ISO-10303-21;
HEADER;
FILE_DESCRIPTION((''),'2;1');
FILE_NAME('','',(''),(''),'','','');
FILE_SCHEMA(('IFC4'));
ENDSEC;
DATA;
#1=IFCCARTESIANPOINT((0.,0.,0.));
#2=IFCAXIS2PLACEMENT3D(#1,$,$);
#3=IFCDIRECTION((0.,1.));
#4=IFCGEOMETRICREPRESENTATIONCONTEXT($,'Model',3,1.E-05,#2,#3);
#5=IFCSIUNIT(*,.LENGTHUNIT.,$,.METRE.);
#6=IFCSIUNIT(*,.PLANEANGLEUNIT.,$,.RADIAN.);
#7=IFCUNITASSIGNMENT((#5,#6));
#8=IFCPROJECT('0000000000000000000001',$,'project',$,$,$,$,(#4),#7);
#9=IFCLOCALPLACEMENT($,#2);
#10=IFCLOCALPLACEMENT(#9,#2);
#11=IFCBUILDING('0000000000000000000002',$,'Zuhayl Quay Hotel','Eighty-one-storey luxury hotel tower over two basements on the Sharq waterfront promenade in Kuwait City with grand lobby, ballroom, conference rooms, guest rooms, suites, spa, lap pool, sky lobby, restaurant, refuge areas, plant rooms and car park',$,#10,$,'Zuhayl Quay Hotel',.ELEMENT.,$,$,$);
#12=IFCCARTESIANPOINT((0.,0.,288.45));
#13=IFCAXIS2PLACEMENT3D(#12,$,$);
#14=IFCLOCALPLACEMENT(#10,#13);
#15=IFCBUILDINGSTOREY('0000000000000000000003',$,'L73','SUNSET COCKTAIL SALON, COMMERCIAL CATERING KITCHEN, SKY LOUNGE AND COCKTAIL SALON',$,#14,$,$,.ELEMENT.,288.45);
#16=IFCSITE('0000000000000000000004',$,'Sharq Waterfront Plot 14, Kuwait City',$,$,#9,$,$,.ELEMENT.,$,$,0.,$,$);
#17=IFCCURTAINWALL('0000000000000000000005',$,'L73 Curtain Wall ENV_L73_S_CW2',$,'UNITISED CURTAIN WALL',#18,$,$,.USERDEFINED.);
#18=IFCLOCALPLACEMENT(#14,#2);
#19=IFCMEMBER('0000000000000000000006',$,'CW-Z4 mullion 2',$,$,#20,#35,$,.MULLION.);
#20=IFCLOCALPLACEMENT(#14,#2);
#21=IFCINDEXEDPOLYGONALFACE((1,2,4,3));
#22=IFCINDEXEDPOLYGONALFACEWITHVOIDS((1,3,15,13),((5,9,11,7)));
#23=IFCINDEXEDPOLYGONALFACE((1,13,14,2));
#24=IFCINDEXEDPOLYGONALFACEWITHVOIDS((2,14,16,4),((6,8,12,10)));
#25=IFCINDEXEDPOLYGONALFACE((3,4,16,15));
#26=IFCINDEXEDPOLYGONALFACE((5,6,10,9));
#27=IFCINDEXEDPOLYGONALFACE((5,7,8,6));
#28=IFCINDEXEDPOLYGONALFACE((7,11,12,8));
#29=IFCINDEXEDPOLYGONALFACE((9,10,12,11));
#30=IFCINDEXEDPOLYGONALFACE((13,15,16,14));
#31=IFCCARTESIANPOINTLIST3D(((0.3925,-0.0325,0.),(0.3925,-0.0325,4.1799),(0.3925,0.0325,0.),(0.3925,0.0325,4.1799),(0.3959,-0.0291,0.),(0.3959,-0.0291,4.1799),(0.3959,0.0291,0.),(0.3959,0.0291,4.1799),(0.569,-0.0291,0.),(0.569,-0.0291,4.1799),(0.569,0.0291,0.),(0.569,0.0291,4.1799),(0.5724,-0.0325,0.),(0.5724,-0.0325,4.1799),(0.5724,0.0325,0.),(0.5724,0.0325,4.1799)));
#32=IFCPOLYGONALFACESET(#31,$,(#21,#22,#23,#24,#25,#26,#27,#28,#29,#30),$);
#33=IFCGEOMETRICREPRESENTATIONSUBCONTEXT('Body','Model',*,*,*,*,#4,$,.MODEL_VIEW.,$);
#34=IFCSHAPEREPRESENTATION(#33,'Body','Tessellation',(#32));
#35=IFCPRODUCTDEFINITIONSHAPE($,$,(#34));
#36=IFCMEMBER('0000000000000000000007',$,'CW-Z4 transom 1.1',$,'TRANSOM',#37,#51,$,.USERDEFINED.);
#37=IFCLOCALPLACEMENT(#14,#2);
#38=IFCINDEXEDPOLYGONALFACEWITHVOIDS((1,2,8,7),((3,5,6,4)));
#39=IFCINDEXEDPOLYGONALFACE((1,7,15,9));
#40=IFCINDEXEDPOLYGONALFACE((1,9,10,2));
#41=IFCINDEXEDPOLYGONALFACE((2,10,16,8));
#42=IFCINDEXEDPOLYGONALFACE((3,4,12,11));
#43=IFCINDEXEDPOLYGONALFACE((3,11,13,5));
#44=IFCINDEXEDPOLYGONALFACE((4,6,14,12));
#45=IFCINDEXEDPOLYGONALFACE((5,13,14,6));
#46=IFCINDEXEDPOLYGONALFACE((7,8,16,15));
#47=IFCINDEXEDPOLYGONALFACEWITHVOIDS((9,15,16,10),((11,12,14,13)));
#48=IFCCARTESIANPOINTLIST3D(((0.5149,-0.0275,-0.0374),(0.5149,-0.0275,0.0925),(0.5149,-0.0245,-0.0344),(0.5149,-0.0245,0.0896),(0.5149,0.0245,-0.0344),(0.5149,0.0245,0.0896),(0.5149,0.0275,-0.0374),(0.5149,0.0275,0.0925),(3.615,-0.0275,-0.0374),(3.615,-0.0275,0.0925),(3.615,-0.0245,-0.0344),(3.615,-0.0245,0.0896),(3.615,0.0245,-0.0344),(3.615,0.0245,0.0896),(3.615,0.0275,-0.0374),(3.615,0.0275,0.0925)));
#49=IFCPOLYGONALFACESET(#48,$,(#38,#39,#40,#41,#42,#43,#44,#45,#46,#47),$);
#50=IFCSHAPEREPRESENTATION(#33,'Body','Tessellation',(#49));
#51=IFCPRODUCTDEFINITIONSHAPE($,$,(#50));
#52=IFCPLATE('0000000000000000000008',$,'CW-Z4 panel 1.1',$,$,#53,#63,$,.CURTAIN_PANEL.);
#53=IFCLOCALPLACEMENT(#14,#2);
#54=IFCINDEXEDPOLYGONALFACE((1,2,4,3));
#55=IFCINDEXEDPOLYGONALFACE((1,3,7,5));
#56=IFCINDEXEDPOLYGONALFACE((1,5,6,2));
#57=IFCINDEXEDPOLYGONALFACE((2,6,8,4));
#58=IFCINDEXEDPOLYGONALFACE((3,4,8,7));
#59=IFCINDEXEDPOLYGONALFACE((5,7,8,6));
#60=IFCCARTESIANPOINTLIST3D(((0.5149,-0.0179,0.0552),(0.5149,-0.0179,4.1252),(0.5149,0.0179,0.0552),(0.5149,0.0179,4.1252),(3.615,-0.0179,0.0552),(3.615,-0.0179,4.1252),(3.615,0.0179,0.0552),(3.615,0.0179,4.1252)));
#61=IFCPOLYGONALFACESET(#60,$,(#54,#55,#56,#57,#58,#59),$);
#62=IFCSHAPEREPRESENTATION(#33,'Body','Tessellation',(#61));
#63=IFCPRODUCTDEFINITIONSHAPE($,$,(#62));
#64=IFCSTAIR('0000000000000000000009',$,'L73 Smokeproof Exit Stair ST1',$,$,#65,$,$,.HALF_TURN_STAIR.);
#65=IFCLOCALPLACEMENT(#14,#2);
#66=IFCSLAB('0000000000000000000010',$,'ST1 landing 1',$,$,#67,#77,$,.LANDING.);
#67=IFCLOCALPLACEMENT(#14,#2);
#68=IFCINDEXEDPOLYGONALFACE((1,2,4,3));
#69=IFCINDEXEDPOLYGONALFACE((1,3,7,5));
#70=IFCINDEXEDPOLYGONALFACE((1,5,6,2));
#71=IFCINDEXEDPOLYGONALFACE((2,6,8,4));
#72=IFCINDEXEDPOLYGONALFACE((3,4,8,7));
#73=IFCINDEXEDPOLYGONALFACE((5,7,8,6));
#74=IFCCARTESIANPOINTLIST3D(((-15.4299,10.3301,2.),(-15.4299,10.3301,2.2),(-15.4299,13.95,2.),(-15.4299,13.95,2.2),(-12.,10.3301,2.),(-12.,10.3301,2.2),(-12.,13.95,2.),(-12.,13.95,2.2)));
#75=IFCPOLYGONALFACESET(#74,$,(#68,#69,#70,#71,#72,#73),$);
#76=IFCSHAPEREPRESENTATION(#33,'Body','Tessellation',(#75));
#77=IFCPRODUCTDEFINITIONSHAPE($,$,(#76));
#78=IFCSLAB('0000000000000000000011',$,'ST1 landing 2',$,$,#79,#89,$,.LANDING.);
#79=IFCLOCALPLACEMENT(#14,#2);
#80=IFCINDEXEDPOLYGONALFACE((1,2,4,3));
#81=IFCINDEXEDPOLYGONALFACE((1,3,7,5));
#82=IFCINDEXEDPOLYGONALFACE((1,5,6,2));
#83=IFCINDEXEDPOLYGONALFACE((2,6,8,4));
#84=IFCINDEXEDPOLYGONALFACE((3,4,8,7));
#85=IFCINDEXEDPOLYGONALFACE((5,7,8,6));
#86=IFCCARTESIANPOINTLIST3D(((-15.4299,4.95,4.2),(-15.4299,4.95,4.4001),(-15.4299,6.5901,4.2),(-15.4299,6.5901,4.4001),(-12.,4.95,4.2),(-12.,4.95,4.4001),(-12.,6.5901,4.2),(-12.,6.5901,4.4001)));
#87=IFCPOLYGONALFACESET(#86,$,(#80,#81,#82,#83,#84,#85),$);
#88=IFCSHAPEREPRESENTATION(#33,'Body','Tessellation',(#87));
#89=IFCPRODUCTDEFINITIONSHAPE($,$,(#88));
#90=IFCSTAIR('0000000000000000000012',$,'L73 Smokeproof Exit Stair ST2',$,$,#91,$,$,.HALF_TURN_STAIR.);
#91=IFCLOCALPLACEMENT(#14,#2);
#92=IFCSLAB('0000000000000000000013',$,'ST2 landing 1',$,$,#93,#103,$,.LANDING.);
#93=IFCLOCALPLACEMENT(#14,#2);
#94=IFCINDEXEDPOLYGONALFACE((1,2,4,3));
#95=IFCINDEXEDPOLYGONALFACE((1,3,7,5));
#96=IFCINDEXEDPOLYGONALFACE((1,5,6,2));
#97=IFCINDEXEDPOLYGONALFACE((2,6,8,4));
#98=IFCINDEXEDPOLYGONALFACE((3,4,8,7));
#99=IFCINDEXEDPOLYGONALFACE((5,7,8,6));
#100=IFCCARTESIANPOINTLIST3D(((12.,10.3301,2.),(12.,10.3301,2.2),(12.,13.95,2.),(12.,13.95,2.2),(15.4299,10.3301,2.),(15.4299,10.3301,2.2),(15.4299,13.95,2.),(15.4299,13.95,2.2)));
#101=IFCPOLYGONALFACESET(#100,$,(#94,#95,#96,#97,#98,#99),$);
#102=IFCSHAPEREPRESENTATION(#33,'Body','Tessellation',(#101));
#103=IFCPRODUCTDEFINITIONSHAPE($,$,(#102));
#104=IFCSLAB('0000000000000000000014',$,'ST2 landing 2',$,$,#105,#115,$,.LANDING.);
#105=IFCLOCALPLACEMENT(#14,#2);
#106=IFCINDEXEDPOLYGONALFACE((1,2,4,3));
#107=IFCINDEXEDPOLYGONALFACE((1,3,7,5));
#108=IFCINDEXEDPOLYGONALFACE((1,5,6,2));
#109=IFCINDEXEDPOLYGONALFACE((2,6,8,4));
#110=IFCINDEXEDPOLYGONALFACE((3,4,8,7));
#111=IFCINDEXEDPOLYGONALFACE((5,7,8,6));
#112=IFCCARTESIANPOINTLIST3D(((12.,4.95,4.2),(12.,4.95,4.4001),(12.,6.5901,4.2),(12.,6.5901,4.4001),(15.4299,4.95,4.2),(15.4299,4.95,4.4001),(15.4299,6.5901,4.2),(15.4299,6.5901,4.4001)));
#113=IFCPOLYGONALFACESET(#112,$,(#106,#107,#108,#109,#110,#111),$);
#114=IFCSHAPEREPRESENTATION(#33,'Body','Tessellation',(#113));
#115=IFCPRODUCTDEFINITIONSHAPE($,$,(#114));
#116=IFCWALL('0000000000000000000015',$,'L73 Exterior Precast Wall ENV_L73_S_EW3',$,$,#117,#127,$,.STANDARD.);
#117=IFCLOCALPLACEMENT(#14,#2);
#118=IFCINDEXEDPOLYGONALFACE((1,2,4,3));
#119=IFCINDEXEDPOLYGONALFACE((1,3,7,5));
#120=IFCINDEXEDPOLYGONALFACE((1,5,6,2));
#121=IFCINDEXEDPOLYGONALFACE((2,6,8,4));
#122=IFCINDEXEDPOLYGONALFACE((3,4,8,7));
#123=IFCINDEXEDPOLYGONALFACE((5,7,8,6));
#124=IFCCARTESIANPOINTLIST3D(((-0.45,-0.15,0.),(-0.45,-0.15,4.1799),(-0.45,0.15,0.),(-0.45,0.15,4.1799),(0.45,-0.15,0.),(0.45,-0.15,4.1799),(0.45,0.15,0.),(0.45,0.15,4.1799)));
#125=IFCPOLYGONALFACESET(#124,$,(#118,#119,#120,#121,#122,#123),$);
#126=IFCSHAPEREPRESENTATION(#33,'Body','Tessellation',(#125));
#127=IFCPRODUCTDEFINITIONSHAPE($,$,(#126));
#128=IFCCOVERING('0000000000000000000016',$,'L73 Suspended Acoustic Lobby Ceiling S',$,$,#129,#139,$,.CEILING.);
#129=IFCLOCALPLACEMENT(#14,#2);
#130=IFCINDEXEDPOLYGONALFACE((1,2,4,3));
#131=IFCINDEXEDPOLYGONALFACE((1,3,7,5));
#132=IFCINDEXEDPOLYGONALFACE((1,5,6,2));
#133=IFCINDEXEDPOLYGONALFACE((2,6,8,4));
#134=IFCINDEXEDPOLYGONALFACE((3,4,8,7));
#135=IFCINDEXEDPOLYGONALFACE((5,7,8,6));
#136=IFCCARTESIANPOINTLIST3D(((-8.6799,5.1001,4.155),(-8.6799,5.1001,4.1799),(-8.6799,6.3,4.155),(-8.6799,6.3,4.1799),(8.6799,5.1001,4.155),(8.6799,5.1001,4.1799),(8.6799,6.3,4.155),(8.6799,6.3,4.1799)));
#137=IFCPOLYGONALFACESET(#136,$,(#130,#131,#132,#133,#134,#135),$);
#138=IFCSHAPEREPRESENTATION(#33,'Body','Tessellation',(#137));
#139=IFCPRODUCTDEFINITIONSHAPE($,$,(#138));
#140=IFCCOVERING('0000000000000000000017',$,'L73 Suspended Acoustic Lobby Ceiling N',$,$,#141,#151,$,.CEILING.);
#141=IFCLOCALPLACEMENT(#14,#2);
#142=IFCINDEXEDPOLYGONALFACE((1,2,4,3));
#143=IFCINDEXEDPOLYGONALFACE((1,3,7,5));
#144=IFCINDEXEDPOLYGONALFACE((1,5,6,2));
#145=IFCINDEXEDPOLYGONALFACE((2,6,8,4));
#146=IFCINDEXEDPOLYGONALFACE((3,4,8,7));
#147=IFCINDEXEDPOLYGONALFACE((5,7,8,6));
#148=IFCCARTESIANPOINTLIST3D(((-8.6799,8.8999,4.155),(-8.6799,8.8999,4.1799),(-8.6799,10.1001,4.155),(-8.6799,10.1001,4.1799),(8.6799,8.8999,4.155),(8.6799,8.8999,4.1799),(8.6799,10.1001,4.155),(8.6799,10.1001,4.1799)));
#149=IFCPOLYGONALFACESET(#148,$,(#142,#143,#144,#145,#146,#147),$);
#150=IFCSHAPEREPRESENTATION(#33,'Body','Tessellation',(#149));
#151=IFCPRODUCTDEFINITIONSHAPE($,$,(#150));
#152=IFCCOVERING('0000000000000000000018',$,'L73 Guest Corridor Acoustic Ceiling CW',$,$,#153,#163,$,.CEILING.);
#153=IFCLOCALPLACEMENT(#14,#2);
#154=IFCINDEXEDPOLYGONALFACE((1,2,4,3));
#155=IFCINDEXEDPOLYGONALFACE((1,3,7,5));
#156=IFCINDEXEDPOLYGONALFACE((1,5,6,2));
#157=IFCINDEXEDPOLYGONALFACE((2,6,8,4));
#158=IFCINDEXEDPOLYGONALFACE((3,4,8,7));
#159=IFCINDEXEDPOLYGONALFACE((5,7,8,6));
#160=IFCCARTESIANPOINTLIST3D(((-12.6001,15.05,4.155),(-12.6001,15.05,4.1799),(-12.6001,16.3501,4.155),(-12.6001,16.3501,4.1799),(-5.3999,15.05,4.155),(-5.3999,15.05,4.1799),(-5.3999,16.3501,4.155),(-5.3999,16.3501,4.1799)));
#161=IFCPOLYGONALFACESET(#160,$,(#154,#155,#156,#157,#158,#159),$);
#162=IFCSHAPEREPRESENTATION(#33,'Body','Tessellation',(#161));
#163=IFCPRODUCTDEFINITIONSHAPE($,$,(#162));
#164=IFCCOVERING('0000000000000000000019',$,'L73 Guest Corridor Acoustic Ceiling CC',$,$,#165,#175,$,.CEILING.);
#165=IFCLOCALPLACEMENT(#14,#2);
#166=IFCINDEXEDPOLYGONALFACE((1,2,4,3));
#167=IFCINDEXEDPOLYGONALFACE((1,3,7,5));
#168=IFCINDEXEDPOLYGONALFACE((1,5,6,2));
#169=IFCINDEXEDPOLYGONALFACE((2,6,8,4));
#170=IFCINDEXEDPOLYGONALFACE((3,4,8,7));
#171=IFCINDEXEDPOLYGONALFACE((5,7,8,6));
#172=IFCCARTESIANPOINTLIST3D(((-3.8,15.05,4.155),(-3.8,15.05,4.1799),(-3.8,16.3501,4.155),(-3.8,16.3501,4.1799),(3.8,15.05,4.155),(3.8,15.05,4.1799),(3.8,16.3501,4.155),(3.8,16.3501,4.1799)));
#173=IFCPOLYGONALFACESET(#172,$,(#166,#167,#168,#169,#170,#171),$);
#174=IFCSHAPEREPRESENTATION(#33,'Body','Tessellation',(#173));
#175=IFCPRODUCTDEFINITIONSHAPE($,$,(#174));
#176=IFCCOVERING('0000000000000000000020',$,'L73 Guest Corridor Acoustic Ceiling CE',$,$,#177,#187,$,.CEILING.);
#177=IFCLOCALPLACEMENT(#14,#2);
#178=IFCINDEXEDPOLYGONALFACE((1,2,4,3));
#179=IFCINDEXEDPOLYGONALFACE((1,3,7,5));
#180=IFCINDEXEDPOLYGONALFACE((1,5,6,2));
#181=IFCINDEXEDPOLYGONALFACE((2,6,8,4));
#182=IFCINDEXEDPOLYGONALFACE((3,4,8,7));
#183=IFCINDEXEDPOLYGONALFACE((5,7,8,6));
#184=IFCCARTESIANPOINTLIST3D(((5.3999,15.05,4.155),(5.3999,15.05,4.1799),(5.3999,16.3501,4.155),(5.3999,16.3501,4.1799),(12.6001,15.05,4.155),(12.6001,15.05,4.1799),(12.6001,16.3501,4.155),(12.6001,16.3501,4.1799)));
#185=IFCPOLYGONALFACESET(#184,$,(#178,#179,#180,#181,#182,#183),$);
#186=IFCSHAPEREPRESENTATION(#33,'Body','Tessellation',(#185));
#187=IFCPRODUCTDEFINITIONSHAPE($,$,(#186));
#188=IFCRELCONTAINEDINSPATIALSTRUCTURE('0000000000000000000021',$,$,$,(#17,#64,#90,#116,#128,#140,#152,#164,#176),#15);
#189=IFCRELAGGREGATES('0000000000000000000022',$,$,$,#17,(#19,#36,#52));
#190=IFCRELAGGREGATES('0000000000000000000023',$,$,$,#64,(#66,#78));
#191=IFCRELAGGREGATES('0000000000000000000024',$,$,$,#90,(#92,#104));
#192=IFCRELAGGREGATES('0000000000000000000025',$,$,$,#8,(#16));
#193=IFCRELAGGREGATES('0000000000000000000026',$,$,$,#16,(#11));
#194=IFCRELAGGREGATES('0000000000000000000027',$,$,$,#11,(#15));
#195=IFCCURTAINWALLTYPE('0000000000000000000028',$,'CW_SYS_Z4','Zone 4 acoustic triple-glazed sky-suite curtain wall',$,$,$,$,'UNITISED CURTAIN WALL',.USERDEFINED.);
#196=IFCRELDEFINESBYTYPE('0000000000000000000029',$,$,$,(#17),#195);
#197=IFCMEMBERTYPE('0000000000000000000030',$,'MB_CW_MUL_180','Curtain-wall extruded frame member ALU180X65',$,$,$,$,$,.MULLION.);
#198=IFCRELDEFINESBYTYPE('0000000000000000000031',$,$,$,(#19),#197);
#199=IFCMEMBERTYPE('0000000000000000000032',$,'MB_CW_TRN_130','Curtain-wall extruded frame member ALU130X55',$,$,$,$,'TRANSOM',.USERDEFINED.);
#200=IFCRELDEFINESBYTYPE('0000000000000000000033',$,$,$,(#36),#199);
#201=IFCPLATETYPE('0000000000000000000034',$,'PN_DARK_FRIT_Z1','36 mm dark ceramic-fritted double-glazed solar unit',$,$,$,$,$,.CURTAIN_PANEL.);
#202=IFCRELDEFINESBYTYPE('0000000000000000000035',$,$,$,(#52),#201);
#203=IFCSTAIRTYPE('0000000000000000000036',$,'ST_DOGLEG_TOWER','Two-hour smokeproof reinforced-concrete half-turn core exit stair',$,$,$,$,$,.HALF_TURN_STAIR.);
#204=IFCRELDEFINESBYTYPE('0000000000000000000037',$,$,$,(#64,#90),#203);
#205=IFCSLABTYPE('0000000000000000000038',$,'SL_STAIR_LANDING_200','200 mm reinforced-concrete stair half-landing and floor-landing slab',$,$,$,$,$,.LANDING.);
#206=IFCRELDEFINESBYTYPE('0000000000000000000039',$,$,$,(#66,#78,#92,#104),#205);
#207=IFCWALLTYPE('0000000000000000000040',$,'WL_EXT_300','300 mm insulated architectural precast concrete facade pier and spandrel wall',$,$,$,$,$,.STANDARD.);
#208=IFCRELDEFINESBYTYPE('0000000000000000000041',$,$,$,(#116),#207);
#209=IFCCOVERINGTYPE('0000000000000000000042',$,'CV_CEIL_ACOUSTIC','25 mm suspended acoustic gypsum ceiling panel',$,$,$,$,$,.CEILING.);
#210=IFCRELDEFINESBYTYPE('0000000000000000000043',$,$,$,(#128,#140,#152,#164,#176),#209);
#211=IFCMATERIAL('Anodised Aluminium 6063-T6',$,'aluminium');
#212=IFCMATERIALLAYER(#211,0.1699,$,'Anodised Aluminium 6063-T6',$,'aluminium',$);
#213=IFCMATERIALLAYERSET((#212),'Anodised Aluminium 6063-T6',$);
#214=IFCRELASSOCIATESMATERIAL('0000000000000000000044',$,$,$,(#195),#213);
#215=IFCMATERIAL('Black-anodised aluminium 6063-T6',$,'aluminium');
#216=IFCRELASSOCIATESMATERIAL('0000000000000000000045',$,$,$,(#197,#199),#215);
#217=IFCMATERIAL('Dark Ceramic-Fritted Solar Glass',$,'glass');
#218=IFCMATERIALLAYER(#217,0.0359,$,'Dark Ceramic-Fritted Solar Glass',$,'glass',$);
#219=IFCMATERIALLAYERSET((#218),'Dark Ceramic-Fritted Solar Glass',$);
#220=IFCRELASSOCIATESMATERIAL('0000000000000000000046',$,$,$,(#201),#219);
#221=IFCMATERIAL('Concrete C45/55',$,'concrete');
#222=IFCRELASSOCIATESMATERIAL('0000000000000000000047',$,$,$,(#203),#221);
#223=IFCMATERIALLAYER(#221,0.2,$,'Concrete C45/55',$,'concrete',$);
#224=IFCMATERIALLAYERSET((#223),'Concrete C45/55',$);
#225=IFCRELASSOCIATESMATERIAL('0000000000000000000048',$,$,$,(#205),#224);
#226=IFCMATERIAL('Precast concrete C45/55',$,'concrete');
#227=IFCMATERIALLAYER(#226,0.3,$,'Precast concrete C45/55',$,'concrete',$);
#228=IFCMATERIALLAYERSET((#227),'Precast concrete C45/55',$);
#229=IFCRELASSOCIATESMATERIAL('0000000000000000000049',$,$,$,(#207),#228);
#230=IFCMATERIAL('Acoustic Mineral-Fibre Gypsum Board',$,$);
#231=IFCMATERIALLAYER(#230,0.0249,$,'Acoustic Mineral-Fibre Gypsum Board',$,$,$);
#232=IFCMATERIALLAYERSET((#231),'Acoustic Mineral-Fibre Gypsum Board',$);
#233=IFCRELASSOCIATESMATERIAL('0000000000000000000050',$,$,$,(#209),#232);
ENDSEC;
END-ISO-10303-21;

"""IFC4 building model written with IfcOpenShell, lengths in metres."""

from ifc_helpers import new_model, si_unit, direction, frame, frame_2d, origin, origin_2d, place, context, subcontext, project, spatial, polyline, rectangle, hollow_rectangle, outline, extrude, material, layer, layer_set, material_profile, profile_set, type_object, element, aggregate, save


model = new_model("IFC4")

# Units and contexts
model_context = context("Model", 3, precision=1e-05, world=origin(), true_north=direction((0.0, 1.0)))
body_context = subcontext(model_context, "Body", "Model", "MODEL_VIEW")
ifc_project = project(units=[si_unit("LENGTHUNIT", "METRE"), si_unit("PLANEANGLEUNIT", "RADIAN")], contexts=[model_context])

# Site, building, storey
site_placement = place(None, origin())
site = spatial("IfcSite", under=ifc_project, at=site_placement, Name="Sharq Waterfront Plot 14, Kuwait City", CompositionType="ELEMENT", RefElevation=0.0)
building_placement = place(site_placement, origin())
building = spatial("IfcBuilding", under=site, at=building_placement, Name="Zuhayl Quay Hotel", Description="Eighty-one-storey luxury hotel tower over two basements on the Sharq waterfront promenade in Kuwait City with grand lobby, ballroom, conference rooms, guest rooms, suites, spa, lap pool, sky lobby, restaurant, refuge areas, plant rooms and car park", LongName="Zuhayl Quay Hotel", CompositionType="ELEMENT")
storey_placement = place(building_placement, frame((0.0, 0.0, 288.45)))
storey = spatial("IfcBuildingStorey", under=building, at=storey_placement, Name="L73", Description="SUNSET COCKTAIL SALON, COMMERCIAL CATERING KITCHEN, SKY LOUNGE AND COCKTAIL SALON", CompositionType="ELEMENT", Elevation=288.45)

# Curtain wall, members, plate
ifc_material_1 = material(Name="Anodised Aluminium 6063-T6", Category="aluminium")
ifc_layer_1 = layer(ifc_material_1, 0.1699, Name="Anodised Aluminium 6063-T6", Category="aluminium")
ifc_layer_set_1 = layer_set([ifc_layer_1], Name="Anodised Aluminium 6063-T6")
curtain_wall_type = type_object("IfcCurtainWallType", Name="CW_SYS_Z4", Description="Zone 4 acoustic triple-glazed sky-suite curtain wall", ElementType="UNITISED CURTAIN WALL", PredefinedType="USERDEFINED", material=ifc_layer_set_1)
curtain_wall_placement = place(storey_placement, origin())
curtain_wall = element("IfcCurtainWall", 1, at=curtain_wall_placement, inside=storey, type_object=curtain_wall_type, Name="L73 Curtain Wall ENV_L73_S_CW2", ObjectType="UNITISED CURTAIN WALL", PredefinedType="USERDEFINED")
ifc_material_2 = material(Name="Black-anodised aluminium 6063-T6", Category="aluminium")
ifc_material_profile_1 = material_profile(ifc_material_2, hollow_rectangle(XDim=0.0649, YDim=0.1799, WallThickness=0.0034, at=origin_2d()), Name="ALU180X65")
ifc_profile_set_1 = profile_set([ifc_material_profile_1], Name="Black-anodised aluminium 6063-T6")
member_type_1 = type_object("IfcMemberType", Name="MB_CW_MUL_180", Description="Curtain-wall extruded frame member ALU180X65", PredefinedType="MULLION", material=ifc_profile_set_1)
member_1_placement = place(storey_placement, frame((0.4824, 0.0, 0.0), z_axis=(0.0, 0.0, 1.0), x_axis=(0.0, -1.0, 0.0)))
member_1 = element("IfcMember", 2, at=member_1_placement, type_object=member_type_1, Name="CW-Z4 mullion 2", PredefinedType="MULLION", context=body_context, shape_type="SweptSolid", body=[
    extrude(hollow_rectangle(XDim=0.0649, YDim=0.1799, WallThickness=0.0034, at=origin_2d()), origin(), (0.0, 0.0, 1.0), 4.1799),
])
ifc_material_profile_2 = material_profile(ifc_material_2, hollow_rectangle(XDim=0.0549, YDim=0.1299, WallThickness=0.0029, at=origin_2d()), Name="ALU130X55")
ifc_profile_set_2 = profile_set([ifc_material_profile_2], Name="Black-anodised aluminium 6063-T6")
member_type_2 = type_object("IfcMemberType", Name="MB_CW_TRN_130", Description="Curtain-wall extruded frame member ALU130X55", ElementType="TRANSOM", PredefinedType="USERDEFINED", material=ifc_profile_set_2)
member_2_placement = place(storey_placement, frame((3.615, 0.0, 0.0276), z_axis=(-1.0, 0.0, 0.0), x_axis=(0.0, -1.0, 0.0)))
member_2 = element("IfcMember", 3, at=member_2_placement, type_object=member_type_2, Name="CW-Z4 transom 1.1", ObjectType="TRANSOM", PredefinedType="USERDEFINED", context=body_context, shape_type="SweptSolid", body=[
    extrude(hollow_rectangle(XDim=0.0549, YDim=0.1299, WallThickness=0.0029, at=origin_2d()), origin(), (0.0, 0.0, 1.0), 3.1001),
])
ifc_material_3 = material(Name="Dark Ceramic-Fritted Solar Glass", Category="glass")
ifc_layer_2 = layer(ifc_material_3, 0.0359, Name="Dark Ceramic-Fritted Solar Glass", Category="glass")
ifc_layer_set_2 = layer_set([ifc_layer_2], Name="Dark Ceramic-Fritted Solar Glass")
plate_type = type_object("IfcPlateType", Name="PN_DARK_FRIT_Z1", Description="36 mm dark ceramic-fritted double-glazed solar unit", PredefinedType="CURTAIN_PANEL", material=ifc_layer_set_2)
plate_placement = place(storey_placement, frame((2.0649, 0.0, 0.0552), z_axis=(0.0, 0.0, 1.0), x_axis=(-1.0, 0.0, 0.0)))
plate = element("IfcPlate", 4, at=plate_placement, type_object=plate_type, Name="CW-Z4 panel 1.1", PredefinedType="CURTAIN_PANEL", context=body_context, shape_type="SweptSolid", body=[
    extrude(rectangle(XDim=3.1001, YDim=0.0359, at=origin_2d()), origin(), (0.0, 0.0, 1.0), 4.0701),
])
aggregate(curtain_wall, [member_1, member_2, plate])

# Stairs, slabs
ifc_material_4 = material(Name="Concrete C45/55", Category="concrete")
stair_type = type_object("IfcStairType", Name="ST_DOGLEG_TOWER", Description="Two-hour smokeproof reinforced-concrete half-turn core exit stair", PredefinedType="HALF_TURN_STAIR", material=ifc_material_4)
stair_1_placement = place(storey_placement, origin())
stair_1 = element("IfcStair", 5, at=stair_1_placement, inside=storey, type_object=stair_type, Name="L73 Smokeproof Exit Stair ST1", PredefinedType="HALF_TURN_STAIR")
ifc_layer_3 = layer(ifc_material_4, 0.2, Name="Concrete C45/55", Category="concrete")
ifc_layer_set_3 = layer_set([ifc_layer_3], Name="Concrete C45/55")
slab_type = type_object("IfcSlabType", Name="SL_STAIR_LANDING_200", Description="200 mm reinforced-concrete stair half-landing and floor-landing slab", PredefinedType="LANDING", material=ifc_layer_set_3)
slab_1_placement = place(storey_placement, frame((0.0, 0.0, 2.0)))
slab_1 = element("IfcSlab", 6, at=slab_1_placement, type_object=slab_type, Name="ST1 landing 1", PredefinedType="LANDING", context=body_context, shape_type="SweptSolid", body=[
    extrude(outline(polyline([(-12.0, 10.3301), (-12.0, 13.95), (-15.4299, 13.95), (-15.4299, 10.3301), (-12.0, 10.3301)])), origin(), (0.0, 0.0, 1.0), 0.2),
])
slab_2_placement = place(storey_placement, frame((0.0, 0.0, 4.2)))
slab_2 = element("IfcSlab", 7, at=slab_2_placement, type_object=slab_type, Name="ST1 landing 2", PredefinedType="LANDING", context=body_context, shape_type="SweptSolid", body=[
    extrude(outline(polyline([(-12.0, 4.95), (-12.0, 6.5901), (-15.4299, 6.5901), (-15.4299, 4.95), (-12.0, 4.95)])), origin(), (0.0, 0.0, 1.0), 0.2002),
])
aggregate(stair_1, [slab_1, slab_2])
stair_2_placement = place(storey_placement, origin())
stair_2 = element("IfcStair", 8, at=stair_2_placement, inside=storey, type_object=stair_type, Name="L73 Smokeproof Exit Stair ST2", PredefinedType="HALF_TURN_STAIR")
slab_3_placement = place(storey_placement, frame((0.0, 0.0, 2.0)))
slab_3 = element("IfcSlab", 9, at=slab_3_placement, type_object=slab_type, Name="ST2 landing 1", PredefinedType="LANDING", context=body_context, shape_type="SweptSolid", body=[
    extrude(outline(polyline([(15.4299, 10.3301), (15.4299, 13.95), (12.0, 13.95), (12.0, 10.3301), (15.4299, 10.3301)])), origin(), (0.0, 0.0, 1.0), 0.2),
])
slab_4_placement = place(storey_placement, frame((0.0, 0.0, 4.2)))
slab_4 = element("IfcSlab", 10, at=slab_4_placement, type_object=slab_type, Name="ST2 landing 2", PredefinedType="LANDING", context=body_context, shape_type="SweptSolid", body=[
    extrude(outline(polyline([(15.4299, 4.95), (15.4299, 6.5901), (12.0, 6.5901), (12.0, 4.95), (15.4299, 4.95)])), origin(), (0.0, 0.0, 1.0), 0.2002),
])
aggregate(stair_2, [slab_3, slab_4])

# Wall
ifc_material_5 = material(Name="Precast concrete C45/55", Category="concrete")
ifc_layer_4 = layer(ifc_material_5, 0.3, Name="Precast concrete C45/55", Category="concrete")
ifc_layer_set_4 = layer_set([ifc_layer_4], Name="Precast concrete C45/55")
wall_type = type_object("IfcWallType", Name="WL_EXT_300", Description="300 mm insulated architectural precast concrete facade pier and spandrel wall", PredefinedType="STANDARD", material=ifc_layer_set_4)
wall_placement = place(storey_placement, frame((0.45, 0.0, 0.0), z_axis=(0.0, 0.0, 1.0), x_axis=(-1.0, 0.0, 0.0)))
element("IfcWall", 11, at=wall_placement, inside=storey, type_object=wall_type, Name="L73 Exterior Precast Wall ENV_L73_S_EW3", PredefinedType="STANDARD", context=body_context, shape_type="SweptSolid", body=[
    extrude(rectangle(XDim=0.8999, YDim=0.3, at=frame_2d((0.45, 0.0))), origin(), (0.0, 0.0, 1.0), 4.1799),
])

# Coverings
ifc_material_6 = material(Name="Acoustic Mineral-Fibre Gypsum Board")
ifc_layer_5 = layer(ifc_material_6, 0.0249, Name="Acoustic Mineral-Fibre Gypsum Board")
ifc_layer_set_5 = layer_set([ifc_layer_5], Name="Acoustic Mineral-Fibre Gypsum Board")
covering_type_1 = type_object("IfcCoveringType", Name="CV_CEIL_ACOUSTIC", Description="25 mm suspended acoustic gypsum ceiling panel", PredefinedType="CEILING", material=ifc_layer_set_5)
covering_1_placement = place(storey_placement, frame((0.0, 0.0, 4.155)))
element("IfcCovering", 12, at=covering_1_placement, inside=storey, type_object=covering_type_1, Name="L73 Suspended Acoustic Lobby Ceiling S", PredefinedType="CEILING", context=body_context, shape_type="SweptSolid", body=[
    extrude(outline(polyline([(-8.6799, 5.1001), (8.6799, 5.1001), (8.6799, 6.3), (-8.6799, 6.3), (-8.6799, 5.1001)])), origin(), (0.0, 0.0, 1.0), 0.0249),
])
covering_2_placement = place(storey_placement, frame((0.0, 0.0, 4.155)))
element("IfcCovering", 13, at=covering_2_placement, inside=storey, type_object=covering_type_1, Name="L73 Suspended Acoustic Lobby Ceiling N", PredefinedType="CEILING", context=body_context, shape_type="SweptSolid", body=[
    extrude(outline(polyline([(-8.6799, 8.8999), (8.6799, 8.8999), (8.6799, 10.1001), (-8.6799, 10.1001), (-8.6799, 8.8999)])), origin(), (0.0, 0.0, 1.0), 0.0249),
])
covering_3_placement = place(storey_placement, frame((0.0, 0.0, 4.155)))
element("IfcCovering", 14, at=covering_3_placement, inside=storey, type_object=covering_type_1, Name="L73 Guest Corridor Acoustic Ceiling CW", PredefinedType="CEILING", context=body_context, shape_type="SweptSolid", body=[
    extrude(outline(polyline([(-12.6001, 15.05), (-5.3999, 15.05), (-5.3999, 16.3501), (-12.6001, 16.3501), (-12.6001, 15.05)])), origin(), (0.0, 0.0, 1.0), 0.0249),
])
covering_4_placement = place(storey_placement, frame((0.0, 0.0, 4.155)))
element("IfcCovering", 15, at=covering_4_placement, inside=storey, type_object=covering_type_1, Name="L73 Guest Corridor Acoustic Ceiling CC", PredefinedType="CEILING", context=body_context, shape_type="SweptSolid", body=[
    extrude(outline(polyline([(-3.8, 15.05), (3.8, 15.05), (3.8, 16.3501), (-3.8, 16.3501), (-3.8, 15.05)])), origin(), (0.0, 0.0, 1.0), 0.0249),
])
covering_5_placement = place(storey_placement, frame((0.0, 0.0, 4.155)))
element("IfcCovering", 16, at=covering_5_placement, inside=storey, type_object=covering_type_1, Name="L73 Guest Corridor Acoustic Ceiling CE", PredefinedType="CEILING", context=body_context, shape_type="SweptSolid", body=[
    extrude(outline(polyline([(5.3999, 15.05), (12.6001, 15.05), (12.6001, 16.3501), (5.3999, 16.3501), (5.3999, 15.05)])), origin(), (0.0, 0.0, 1.0), 0.0249),
])

save(model, "model.ifc")
